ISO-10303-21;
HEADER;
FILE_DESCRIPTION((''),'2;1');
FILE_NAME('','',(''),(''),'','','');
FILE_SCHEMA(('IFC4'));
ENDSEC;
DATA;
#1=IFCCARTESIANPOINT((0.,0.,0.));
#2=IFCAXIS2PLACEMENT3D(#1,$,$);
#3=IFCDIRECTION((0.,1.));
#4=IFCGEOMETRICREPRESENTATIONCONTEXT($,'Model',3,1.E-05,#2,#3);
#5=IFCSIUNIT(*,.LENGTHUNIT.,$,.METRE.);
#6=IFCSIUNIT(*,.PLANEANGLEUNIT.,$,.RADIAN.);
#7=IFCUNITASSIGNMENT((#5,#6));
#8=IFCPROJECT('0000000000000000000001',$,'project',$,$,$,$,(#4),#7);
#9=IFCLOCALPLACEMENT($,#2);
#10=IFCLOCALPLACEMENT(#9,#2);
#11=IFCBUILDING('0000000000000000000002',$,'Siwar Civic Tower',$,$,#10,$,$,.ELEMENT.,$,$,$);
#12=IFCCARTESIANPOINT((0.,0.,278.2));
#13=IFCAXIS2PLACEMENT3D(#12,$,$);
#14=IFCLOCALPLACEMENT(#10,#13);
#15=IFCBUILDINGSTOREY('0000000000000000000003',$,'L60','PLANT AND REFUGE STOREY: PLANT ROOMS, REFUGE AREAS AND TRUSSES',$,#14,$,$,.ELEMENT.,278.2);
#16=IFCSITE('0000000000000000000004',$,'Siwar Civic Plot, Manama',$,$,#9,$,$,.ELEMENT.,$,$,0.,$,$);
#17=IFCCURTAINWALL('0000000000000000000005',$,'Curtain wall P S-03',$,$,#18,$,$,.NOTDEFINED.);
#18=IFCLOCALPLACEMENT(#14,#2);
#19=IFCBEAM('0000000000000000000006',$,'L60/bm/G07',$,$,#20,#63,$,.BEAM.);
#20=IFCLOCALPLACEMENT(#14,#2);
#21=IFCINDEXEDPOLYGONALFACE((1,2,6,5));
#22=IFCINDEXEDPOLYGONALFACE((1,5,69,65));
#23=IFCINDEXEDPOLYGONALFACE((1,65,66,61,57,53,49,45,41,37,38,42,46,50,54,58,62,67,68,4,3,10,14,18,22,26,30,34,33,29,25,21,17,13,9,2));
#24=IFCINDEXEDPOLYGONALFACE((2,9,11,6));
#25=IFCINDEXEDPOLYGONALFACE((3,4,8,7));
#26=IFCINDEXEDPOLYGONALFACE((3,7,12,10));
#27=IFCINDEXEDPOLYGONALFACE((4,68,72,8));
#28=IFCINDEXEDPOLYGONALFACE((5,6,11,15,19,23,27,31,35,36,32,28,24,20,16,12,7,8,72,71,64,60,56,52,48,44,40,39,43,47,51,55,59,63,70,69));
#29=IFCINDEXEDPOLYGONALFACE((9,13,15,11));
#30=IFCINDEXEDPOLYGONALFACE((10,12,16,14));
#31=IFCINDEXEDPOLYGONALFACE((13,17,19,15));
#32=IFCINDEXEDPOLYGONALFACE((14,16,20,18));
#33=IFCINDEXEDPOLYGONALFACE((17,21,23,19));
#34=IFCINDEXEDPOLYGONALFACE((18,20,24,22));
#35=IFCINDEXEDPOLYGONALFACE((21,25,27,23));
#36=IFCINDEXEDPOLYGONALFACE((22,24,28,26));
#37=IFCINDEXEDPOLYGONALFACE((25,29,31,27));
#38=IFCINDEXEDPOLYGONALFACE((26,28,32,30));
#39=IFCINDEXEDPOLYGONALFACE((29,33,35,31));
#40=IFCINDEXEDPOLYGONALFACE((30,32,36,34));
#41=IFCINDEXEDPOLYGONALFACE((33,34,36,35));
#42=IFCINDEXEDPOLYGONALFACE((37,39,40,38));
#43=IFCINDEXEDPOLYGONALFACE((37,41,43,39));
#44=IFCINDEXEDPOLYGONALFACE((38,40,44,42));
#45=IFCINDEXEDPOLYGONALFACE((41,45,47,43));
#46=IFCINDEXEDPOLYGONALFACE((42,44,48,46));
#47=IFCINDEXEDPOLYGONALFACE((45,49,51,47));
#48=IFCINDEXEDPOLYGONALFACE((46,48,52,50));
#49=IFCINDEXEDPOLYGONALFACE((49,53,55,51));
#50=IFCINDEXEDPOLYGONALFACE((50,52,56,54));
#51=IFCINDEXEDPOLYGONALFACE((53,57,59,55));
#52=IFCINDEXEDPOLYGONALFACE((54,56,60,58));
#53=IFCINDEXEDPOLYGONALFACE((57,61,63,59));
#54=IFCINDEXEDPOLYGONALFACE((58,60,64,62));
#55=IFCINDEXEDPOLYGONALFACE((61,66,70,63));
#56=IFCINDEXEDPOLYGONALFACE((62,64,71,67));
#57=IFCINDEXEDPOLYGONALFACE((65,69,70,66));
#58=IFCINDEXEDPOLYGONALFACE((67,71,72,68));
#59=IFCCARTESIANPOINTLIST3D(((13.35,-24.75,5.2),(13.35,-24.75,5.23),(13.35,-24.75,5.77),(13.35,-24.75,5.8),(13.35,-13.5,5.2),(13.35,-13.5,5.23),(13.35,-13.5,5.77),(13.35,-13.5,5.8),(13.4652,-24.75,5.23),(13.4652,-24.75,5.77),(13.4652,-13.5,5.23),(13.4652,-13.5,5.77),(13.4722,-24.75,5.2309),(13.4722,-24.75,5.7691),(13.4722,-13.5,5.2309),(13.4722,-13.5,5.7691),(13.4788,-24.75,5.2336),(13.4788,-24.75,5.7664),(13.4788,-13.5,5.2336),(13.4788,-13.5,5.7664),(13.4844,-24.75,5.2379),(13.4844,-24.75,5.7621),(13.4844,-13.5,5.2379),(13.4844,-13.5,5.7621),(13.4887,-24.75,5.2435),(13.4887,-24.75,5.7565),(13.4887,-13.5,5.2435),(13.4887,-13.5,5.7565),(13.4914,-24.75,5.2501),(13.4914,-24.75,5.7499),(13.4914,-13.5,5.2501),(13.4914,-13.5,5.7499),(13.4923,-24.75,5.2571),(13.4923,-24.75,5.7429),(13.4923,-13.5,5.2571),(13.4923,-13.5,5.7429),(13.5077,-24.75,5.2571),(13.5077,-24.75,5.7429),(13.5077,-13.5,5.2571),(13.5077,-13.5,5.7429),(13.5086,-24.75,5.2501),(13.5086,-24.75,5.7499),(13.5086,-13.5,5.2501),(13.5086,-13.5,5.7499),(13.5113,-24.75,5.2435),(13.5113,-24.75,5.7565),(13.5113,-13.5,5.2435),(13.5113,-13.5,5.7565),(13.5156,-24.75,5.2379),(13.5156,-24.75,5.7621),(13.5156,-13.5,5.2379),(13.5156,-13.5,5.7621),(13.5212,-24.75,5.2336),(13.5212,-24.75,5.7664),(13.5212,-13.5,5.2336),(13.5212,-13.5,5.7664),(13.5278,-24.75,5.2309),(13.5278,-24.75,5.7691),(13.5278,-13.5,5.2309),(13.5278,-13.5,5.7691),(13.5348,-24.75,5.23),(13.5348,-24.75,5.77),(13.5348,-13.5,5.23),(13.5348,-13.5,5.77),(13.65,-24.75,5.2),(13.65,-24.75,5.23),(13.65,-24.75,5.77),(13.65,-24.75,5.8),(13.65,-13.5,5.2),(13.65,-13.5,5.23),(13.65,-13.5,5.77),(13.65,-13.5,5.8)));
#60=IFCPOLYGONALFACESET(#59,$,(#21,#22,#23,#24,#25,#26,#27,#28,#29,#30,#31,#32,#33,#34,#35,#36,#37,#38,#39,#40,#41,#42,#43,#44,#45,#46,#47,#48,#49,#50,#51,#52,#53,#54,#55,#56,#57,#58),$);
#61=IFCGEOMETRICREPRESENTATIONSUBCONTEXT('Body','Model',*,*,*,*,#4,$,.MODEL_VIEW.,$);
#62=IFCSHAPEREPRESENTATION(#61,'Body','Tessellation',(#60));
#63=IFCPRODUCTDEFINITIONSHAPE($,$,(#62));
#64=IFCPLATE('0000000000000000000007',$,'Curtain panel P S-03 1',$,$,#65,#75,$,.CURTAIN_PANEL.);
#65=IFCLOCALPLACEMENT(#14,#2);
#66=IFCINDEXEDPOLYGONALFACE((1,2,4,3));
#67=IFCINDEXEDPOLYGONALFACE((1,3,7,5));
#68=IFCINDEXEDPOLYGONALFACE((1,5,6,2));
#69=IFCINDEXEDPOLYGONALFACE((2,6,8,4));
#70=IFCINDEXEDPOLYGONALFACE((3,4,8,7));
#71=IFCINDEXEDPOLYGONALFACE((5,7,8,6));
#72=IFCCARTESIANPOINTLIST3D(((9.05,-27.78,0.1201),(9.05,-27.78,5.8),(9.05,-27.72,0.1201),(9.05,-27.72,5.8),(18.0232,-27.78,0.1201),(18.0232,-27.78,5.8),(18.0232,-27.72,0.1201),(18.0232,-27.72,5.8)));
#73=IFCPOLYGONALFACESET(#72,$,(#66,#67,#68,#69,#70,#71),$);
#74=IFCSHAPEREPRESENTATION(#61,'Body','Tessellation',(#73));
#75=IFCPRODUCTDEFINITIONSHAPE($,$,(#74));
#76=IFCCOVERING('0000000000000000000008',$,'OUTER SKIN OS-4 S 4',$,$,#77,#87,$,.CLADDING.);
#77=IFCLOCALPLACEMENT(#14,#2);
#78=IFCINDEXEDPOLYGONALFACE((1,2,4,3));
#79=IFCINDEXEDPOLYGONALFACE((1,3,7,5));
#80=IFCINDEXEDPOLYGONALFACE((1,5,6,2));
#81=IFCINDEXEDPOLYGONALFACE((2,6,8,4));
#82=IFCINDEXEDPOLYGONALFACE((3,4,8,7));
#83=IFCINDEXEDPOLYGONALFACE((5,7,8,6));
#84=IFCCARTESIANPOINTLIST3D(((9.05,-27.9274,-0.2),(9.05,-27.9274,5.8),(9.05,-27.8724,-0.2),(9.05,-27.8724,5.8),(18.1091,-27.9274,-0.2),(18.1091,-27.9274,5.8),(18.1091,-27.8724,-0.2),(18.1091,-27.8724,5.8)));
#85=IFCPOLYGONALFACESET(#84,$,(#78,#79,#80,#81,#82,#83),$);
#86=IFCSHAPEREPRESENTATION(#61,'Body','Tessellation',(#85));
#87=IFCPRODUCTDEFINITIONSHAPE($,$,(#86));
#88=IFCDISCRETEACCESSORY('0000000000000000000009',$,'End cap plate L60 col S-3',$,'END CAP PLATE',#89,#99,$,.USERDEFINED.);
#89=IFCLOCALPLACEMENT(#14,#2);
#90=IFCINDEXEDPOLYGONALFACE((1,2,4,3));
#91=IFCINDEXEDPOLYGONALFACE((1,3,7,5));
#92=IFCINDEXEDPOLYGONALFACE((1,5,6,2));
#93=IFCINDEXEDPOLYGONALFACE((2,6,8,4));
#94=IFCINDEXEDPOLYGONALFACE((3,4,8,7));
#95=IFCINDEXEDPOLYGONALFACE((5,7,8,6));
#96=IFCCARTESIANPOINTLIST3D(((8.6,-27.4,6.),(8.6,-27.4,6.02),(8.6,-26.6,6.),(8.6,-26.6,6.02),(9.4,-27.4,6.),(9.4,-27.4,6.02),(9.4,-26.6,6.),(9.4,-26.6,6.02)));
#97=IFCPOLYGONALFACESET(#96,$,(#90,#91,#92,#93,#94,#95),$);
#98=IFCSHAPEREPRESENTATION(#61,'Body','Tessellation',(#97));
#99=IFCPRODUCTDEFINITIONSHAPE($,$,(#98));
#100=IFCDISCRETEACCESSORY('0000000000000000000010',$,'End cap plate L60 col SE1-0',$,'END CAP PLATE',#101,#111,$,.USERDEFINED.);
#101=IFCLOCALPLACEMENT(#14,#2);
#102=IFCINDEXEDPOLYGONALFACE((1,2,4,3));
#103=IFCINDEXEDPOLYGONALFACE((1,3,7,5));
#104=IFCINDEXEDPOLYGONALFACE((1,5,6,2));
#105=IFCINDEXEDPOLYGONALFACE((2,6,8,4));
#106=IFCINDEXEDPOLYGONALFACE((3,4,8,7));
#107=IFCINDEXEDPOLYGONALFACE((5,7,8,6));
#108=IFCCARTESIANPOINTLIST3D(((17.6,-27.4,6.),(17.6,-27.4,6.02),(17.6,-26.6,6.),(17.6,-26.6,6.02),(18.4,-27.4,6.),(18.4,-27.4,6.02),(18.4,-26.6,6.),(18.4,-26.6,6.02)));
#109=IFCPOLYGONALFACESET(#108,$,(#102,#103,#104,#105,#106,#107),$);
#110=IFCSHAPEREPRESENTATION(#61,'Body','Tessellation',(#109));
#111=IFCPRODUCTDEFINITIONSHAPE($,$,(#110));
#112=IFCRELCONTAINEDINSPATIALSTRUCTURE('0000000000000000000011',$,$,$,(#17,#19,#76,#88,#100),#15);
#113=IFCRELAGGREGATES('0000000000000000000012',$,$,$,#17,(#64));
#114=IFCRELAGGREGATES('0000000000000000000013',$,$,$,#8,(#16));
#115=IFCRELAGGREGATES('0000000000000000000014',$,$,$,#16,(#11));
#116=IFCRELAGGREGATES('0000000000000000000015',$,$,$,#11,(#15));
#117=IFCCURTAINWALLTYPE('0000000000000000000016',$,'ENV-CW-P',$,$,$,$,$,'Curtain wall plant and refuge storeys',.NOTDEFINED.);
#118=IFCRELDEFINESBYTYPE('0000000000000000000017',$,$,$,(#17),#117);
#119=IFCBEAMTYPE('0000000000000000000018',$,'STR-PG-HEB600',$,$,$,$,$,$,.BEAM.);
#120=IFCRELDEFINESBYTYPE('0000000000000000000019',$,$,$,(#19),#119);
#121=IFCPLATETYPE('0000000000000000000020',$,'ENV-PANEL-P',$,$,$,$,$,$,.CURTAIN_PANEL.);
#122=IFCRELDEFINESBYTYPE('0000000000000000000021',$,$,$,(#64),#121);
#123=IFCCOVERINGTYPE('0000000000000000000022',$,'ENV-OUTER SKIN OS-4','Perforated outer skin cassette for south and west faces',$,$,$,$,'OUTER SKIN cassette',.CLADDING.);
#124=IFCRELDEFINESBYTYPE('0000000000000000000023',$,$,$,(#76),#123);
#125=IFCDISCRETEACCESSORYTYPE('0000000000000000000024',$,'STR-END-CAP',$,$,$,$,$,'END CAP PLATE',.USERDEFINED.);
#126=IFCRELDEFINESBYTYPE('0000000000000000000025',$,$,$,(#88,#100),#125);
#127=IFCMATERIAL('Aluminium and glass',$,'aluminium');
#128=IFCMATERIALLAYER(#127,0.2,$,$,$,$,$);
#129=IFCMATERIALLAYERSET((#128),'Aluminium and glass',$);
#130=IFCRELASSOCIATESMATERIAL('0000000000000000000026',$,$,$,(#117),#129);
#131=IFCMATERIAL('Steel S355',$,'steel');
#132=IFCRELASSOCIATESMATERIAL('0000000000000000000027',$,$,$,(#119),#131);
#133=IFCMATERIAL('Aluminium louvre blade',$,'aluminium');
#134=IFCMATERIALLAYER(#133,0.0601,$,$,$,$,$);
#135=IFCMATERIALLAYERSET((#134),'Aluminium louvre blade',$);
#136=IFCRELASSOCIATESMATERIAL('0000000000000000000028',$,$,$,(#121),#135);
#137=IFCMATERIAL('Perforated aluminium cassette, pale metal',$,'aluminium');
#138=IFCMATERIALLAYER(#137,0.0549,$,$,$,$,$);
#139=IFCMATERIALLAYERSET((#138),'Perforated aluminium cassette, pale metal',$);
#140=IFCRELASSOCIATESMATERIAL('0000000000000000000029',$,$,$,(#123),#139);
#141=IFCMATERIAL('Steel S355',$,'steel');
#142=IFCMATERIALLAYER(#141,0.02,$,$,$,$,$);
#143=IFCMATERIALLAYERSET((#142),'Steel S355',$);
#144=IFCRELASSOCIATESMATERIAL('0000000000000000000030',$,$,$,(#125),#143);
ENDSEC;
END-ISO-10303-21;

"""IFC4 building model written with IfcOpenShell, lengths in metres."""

from ifc_helpers import new_model, si_unit, direction, frame, origin, origin_2d, place, context, subcontext, project, spatial, rectangle, i_section, extrude, material, layer, layer_set, material_profile, profile_set, type_object, element, aggregate, save


model = new_model("IFC4")

# Units and contexts
model_context = context("Model", 3, precision=1e-05, world=origin(), true_north=direction((0.0, 1.0)))
body_context = subcontext(model_context, "Body", "Model", "MODEL_VIEW")
ifc_project = project(units=[si_unit("LENGTHUNIT", "METRE"), si_unit("PLANEANGLEUNIT", "RADIAN")], contexts=[model_context])

# Site, building, storey
site_placement = place(None, origin())
site = spatial("IfcSite", under=ifc_project, at=site_placement, Name="Siwar Civic Plot, Manama", CompositionType="ELEMENT", RefElevation=0.0)
building_placement = place(site_placement, origin())
building = spatial("IfcBuilding", under=site, at=building_placement, Name="Siwar Civic Tower", CompositionType="ELEMENT")
storey_placement = place(building_placement, frame((0.0, 0.0, 278.2)))
storey = spatial("IfcBuildingStorey", under=building, at=storey_placement, Name="L60", Description="PLANT AND REFUGE STOREY: PLANT ROOMS, REFUGE AREAS AND TRUSSES", CompositionType="ELEMENT", Elevation=278.2)

# Curtain wall
ifc_material_1 = material(Name="Aluminium and glass", Category="aluminium")
ifc_layer_1 = layer(ifc_material_1, 0.2)
ifc_layer_set_1 = layer_set([ifc_layer_1], Name="Aluminium and glass")
curtain_wall_type = type_object("IfcCurtainWallType", Name="ENV-CW-P", ElementType="Curtain wall plant and refuge storeys", PredefinedType="NOTDEFINED", material=ifc_layer_set_1)
curtain_wall_placement = place(storey_placement, origin())
curtain_wall = element("IfcCurtainWall", 1, at=curtain_wall_placement, inside=storey, type_object=curtain_wall_type, Name="Curtain wall P S-03", PredefinedType="NOTDEFINED")

# Beam
ifc_material_2 = material(Name="Steel S355", Category="steel")
ifc_material_profile_1 = material_profile(ifc_material_2, i_section(OverallWidth=0.3, OverallDepth=0.6001, WebThickness=0.0154, FlangeThickness=0.03, FilletRadius=0.0271, at=origin_2d()), Name="HEB600")
ifc_profile_set_1 = profile_set([ifc_material_profile_1], Name="Steel S355")
beam_type_1 = type_object("IfcBeamType", Name="STR-PG-HEB600", PredefinedType="BEAM", material=ifc_profile_set_1)
beam_placement = place(storey_placement, frame((13.5, -24.75, 5.5), z_axis=(0.0, 1.0, 0.0), x_axis=(-1.0, 0.0, 0.0)))
element("IfcBeam", 2, at=beam_placement, inside=storey, type_object=beam_type_1, Name="L60/bm/G07", PredefinedType="BEAM", context=body_context, shape_type="SweptSolid", body=[
    extrude(i_section(OverallWidth=0.3, OverallDepth=0.6001, WebThickness=0.0154, FlangeThickness=0.03, FilletRadius=0.0271, at=origin_2d()), origin(), (0.0, 0.0, 1.0), 11.25),
])

# Plate
ifc_material_3 = material(Name="Aluminium louvre blade", Category="aluminium")
ifc_layer_2 = layer(ifc_material_3, 0.0601)
ifc_layer_set_2 = layer_set([ifc_layer_2], Name="Aluminium louvre blade")
plate_type = type_object("IfcPlateType", Name="ENV-PANEL-P", PredefinedType="CURTAIN_PANEL", material=ifc_layer_set_2)
plate_placement = place(storey_placement, frame((13.5366, -27.75, 0.1201), z_axis=(0.0, 0.0, 1.0), x_axis=(1.0, 0.0, 0.0)))
plate = element("IfcPlate", 3, at=plate_placement, type_object=plate_type, Name="Curtain panel P S-03 1", PredefinedType="CURTAIN_PANEL", context=body_context, shape_type="SweptSolid", body=[
    extrude(rectangle(XDim=8.9731, YDim=0.0601, at=origin_2d()), origin(), (0.0, 0.0, 1.0), 5.6799),
])
aggregate(curtain_wall, [plate])

# Covering
ifc_material_4 = material(Name="Perforated aluminium cassette, pale metal", Category="aluminium")
ifc_layer_3 = layer(ifc_material_4, 0.0549)
ifc_layer_set_3 = layer_set([ifc_layer_3], Name="Perforated aluminium cassette, pale metal")
covering_type = type_object("IfcCoveringType", Name="ENV-OUTER SKIN OS-4", Description="Perforated outer skin cassette for south and west faces", ElementType="OUTER SKIN cassette", PredefinedType="CLADDING", material=ifc_layer_set_3)
covering_placement = place(storey_placement, frame((13.5796, -27.8999, -0.2), z_axis=(0.0, 0.0, 1.0), x_axis=(1.0, 0.0, 0.0)))
element("IfcCovering", 4, at=covering_placement, inside=storey, type_object=covering_type, Name="OUTER SKIN OS-4 S 4", PredefinedType="CLADDING", context=body_context, shape_type="SweptSolid", body=[
    extrude(rectangle(XDim=9.0591, YDim=0.0549, at=origin_2d()), origin(), (0.0, 0.0, 1.0), 6.0),
])

# Discrete accessories
ifc_material_5 = material(Name="Steel S355", Category="steel")
ifc_layer_4 = layer(ifc_material_5, 0.02)
ifc_layer_set_4 = layer_set([ifc_layer_4], Name="Steel S355")
discrete_accessory_type = type_object("IfcDiscreteAccessoryType", Name="STR-END-CAP", ElementType="END CAP PLATE", PredefinedType="USERDEFINED", material=ifc_layer_set_4)
for number, where, z_axis, x_axis, name in (
    (5, (9.0, -27.0, 6.0), (0.0, 0.0, 1.0), (1.0, 0.0, 0.0), "End cap plate L60 col S-3"),
    (6, (18.0, -27.0, 6.0), (0.0, 0.0, 1.0), (1.0, 0.0, 0.0), "End cap plate L60 col SE1-0"),
):
    element("IfcDiscreteAccessory", number, at=place(storey_placement, frame(where, z_axis=z_axis, x_axis=x_axis)), inside=storey, type_object=discrete_accessory_type, Name=name, ObjectType="END CAP PLATE", PredefinedType="USERDEFINED", context=body_context, shape_type="SweptSolid", body=[
        extrude(rectangle(XDim=0.8, YDim=0.8, at=origin_2d()), origin(), (0.0, 0.0, 1.0), 0.02),
    ])

save(model, "model.ifc")
